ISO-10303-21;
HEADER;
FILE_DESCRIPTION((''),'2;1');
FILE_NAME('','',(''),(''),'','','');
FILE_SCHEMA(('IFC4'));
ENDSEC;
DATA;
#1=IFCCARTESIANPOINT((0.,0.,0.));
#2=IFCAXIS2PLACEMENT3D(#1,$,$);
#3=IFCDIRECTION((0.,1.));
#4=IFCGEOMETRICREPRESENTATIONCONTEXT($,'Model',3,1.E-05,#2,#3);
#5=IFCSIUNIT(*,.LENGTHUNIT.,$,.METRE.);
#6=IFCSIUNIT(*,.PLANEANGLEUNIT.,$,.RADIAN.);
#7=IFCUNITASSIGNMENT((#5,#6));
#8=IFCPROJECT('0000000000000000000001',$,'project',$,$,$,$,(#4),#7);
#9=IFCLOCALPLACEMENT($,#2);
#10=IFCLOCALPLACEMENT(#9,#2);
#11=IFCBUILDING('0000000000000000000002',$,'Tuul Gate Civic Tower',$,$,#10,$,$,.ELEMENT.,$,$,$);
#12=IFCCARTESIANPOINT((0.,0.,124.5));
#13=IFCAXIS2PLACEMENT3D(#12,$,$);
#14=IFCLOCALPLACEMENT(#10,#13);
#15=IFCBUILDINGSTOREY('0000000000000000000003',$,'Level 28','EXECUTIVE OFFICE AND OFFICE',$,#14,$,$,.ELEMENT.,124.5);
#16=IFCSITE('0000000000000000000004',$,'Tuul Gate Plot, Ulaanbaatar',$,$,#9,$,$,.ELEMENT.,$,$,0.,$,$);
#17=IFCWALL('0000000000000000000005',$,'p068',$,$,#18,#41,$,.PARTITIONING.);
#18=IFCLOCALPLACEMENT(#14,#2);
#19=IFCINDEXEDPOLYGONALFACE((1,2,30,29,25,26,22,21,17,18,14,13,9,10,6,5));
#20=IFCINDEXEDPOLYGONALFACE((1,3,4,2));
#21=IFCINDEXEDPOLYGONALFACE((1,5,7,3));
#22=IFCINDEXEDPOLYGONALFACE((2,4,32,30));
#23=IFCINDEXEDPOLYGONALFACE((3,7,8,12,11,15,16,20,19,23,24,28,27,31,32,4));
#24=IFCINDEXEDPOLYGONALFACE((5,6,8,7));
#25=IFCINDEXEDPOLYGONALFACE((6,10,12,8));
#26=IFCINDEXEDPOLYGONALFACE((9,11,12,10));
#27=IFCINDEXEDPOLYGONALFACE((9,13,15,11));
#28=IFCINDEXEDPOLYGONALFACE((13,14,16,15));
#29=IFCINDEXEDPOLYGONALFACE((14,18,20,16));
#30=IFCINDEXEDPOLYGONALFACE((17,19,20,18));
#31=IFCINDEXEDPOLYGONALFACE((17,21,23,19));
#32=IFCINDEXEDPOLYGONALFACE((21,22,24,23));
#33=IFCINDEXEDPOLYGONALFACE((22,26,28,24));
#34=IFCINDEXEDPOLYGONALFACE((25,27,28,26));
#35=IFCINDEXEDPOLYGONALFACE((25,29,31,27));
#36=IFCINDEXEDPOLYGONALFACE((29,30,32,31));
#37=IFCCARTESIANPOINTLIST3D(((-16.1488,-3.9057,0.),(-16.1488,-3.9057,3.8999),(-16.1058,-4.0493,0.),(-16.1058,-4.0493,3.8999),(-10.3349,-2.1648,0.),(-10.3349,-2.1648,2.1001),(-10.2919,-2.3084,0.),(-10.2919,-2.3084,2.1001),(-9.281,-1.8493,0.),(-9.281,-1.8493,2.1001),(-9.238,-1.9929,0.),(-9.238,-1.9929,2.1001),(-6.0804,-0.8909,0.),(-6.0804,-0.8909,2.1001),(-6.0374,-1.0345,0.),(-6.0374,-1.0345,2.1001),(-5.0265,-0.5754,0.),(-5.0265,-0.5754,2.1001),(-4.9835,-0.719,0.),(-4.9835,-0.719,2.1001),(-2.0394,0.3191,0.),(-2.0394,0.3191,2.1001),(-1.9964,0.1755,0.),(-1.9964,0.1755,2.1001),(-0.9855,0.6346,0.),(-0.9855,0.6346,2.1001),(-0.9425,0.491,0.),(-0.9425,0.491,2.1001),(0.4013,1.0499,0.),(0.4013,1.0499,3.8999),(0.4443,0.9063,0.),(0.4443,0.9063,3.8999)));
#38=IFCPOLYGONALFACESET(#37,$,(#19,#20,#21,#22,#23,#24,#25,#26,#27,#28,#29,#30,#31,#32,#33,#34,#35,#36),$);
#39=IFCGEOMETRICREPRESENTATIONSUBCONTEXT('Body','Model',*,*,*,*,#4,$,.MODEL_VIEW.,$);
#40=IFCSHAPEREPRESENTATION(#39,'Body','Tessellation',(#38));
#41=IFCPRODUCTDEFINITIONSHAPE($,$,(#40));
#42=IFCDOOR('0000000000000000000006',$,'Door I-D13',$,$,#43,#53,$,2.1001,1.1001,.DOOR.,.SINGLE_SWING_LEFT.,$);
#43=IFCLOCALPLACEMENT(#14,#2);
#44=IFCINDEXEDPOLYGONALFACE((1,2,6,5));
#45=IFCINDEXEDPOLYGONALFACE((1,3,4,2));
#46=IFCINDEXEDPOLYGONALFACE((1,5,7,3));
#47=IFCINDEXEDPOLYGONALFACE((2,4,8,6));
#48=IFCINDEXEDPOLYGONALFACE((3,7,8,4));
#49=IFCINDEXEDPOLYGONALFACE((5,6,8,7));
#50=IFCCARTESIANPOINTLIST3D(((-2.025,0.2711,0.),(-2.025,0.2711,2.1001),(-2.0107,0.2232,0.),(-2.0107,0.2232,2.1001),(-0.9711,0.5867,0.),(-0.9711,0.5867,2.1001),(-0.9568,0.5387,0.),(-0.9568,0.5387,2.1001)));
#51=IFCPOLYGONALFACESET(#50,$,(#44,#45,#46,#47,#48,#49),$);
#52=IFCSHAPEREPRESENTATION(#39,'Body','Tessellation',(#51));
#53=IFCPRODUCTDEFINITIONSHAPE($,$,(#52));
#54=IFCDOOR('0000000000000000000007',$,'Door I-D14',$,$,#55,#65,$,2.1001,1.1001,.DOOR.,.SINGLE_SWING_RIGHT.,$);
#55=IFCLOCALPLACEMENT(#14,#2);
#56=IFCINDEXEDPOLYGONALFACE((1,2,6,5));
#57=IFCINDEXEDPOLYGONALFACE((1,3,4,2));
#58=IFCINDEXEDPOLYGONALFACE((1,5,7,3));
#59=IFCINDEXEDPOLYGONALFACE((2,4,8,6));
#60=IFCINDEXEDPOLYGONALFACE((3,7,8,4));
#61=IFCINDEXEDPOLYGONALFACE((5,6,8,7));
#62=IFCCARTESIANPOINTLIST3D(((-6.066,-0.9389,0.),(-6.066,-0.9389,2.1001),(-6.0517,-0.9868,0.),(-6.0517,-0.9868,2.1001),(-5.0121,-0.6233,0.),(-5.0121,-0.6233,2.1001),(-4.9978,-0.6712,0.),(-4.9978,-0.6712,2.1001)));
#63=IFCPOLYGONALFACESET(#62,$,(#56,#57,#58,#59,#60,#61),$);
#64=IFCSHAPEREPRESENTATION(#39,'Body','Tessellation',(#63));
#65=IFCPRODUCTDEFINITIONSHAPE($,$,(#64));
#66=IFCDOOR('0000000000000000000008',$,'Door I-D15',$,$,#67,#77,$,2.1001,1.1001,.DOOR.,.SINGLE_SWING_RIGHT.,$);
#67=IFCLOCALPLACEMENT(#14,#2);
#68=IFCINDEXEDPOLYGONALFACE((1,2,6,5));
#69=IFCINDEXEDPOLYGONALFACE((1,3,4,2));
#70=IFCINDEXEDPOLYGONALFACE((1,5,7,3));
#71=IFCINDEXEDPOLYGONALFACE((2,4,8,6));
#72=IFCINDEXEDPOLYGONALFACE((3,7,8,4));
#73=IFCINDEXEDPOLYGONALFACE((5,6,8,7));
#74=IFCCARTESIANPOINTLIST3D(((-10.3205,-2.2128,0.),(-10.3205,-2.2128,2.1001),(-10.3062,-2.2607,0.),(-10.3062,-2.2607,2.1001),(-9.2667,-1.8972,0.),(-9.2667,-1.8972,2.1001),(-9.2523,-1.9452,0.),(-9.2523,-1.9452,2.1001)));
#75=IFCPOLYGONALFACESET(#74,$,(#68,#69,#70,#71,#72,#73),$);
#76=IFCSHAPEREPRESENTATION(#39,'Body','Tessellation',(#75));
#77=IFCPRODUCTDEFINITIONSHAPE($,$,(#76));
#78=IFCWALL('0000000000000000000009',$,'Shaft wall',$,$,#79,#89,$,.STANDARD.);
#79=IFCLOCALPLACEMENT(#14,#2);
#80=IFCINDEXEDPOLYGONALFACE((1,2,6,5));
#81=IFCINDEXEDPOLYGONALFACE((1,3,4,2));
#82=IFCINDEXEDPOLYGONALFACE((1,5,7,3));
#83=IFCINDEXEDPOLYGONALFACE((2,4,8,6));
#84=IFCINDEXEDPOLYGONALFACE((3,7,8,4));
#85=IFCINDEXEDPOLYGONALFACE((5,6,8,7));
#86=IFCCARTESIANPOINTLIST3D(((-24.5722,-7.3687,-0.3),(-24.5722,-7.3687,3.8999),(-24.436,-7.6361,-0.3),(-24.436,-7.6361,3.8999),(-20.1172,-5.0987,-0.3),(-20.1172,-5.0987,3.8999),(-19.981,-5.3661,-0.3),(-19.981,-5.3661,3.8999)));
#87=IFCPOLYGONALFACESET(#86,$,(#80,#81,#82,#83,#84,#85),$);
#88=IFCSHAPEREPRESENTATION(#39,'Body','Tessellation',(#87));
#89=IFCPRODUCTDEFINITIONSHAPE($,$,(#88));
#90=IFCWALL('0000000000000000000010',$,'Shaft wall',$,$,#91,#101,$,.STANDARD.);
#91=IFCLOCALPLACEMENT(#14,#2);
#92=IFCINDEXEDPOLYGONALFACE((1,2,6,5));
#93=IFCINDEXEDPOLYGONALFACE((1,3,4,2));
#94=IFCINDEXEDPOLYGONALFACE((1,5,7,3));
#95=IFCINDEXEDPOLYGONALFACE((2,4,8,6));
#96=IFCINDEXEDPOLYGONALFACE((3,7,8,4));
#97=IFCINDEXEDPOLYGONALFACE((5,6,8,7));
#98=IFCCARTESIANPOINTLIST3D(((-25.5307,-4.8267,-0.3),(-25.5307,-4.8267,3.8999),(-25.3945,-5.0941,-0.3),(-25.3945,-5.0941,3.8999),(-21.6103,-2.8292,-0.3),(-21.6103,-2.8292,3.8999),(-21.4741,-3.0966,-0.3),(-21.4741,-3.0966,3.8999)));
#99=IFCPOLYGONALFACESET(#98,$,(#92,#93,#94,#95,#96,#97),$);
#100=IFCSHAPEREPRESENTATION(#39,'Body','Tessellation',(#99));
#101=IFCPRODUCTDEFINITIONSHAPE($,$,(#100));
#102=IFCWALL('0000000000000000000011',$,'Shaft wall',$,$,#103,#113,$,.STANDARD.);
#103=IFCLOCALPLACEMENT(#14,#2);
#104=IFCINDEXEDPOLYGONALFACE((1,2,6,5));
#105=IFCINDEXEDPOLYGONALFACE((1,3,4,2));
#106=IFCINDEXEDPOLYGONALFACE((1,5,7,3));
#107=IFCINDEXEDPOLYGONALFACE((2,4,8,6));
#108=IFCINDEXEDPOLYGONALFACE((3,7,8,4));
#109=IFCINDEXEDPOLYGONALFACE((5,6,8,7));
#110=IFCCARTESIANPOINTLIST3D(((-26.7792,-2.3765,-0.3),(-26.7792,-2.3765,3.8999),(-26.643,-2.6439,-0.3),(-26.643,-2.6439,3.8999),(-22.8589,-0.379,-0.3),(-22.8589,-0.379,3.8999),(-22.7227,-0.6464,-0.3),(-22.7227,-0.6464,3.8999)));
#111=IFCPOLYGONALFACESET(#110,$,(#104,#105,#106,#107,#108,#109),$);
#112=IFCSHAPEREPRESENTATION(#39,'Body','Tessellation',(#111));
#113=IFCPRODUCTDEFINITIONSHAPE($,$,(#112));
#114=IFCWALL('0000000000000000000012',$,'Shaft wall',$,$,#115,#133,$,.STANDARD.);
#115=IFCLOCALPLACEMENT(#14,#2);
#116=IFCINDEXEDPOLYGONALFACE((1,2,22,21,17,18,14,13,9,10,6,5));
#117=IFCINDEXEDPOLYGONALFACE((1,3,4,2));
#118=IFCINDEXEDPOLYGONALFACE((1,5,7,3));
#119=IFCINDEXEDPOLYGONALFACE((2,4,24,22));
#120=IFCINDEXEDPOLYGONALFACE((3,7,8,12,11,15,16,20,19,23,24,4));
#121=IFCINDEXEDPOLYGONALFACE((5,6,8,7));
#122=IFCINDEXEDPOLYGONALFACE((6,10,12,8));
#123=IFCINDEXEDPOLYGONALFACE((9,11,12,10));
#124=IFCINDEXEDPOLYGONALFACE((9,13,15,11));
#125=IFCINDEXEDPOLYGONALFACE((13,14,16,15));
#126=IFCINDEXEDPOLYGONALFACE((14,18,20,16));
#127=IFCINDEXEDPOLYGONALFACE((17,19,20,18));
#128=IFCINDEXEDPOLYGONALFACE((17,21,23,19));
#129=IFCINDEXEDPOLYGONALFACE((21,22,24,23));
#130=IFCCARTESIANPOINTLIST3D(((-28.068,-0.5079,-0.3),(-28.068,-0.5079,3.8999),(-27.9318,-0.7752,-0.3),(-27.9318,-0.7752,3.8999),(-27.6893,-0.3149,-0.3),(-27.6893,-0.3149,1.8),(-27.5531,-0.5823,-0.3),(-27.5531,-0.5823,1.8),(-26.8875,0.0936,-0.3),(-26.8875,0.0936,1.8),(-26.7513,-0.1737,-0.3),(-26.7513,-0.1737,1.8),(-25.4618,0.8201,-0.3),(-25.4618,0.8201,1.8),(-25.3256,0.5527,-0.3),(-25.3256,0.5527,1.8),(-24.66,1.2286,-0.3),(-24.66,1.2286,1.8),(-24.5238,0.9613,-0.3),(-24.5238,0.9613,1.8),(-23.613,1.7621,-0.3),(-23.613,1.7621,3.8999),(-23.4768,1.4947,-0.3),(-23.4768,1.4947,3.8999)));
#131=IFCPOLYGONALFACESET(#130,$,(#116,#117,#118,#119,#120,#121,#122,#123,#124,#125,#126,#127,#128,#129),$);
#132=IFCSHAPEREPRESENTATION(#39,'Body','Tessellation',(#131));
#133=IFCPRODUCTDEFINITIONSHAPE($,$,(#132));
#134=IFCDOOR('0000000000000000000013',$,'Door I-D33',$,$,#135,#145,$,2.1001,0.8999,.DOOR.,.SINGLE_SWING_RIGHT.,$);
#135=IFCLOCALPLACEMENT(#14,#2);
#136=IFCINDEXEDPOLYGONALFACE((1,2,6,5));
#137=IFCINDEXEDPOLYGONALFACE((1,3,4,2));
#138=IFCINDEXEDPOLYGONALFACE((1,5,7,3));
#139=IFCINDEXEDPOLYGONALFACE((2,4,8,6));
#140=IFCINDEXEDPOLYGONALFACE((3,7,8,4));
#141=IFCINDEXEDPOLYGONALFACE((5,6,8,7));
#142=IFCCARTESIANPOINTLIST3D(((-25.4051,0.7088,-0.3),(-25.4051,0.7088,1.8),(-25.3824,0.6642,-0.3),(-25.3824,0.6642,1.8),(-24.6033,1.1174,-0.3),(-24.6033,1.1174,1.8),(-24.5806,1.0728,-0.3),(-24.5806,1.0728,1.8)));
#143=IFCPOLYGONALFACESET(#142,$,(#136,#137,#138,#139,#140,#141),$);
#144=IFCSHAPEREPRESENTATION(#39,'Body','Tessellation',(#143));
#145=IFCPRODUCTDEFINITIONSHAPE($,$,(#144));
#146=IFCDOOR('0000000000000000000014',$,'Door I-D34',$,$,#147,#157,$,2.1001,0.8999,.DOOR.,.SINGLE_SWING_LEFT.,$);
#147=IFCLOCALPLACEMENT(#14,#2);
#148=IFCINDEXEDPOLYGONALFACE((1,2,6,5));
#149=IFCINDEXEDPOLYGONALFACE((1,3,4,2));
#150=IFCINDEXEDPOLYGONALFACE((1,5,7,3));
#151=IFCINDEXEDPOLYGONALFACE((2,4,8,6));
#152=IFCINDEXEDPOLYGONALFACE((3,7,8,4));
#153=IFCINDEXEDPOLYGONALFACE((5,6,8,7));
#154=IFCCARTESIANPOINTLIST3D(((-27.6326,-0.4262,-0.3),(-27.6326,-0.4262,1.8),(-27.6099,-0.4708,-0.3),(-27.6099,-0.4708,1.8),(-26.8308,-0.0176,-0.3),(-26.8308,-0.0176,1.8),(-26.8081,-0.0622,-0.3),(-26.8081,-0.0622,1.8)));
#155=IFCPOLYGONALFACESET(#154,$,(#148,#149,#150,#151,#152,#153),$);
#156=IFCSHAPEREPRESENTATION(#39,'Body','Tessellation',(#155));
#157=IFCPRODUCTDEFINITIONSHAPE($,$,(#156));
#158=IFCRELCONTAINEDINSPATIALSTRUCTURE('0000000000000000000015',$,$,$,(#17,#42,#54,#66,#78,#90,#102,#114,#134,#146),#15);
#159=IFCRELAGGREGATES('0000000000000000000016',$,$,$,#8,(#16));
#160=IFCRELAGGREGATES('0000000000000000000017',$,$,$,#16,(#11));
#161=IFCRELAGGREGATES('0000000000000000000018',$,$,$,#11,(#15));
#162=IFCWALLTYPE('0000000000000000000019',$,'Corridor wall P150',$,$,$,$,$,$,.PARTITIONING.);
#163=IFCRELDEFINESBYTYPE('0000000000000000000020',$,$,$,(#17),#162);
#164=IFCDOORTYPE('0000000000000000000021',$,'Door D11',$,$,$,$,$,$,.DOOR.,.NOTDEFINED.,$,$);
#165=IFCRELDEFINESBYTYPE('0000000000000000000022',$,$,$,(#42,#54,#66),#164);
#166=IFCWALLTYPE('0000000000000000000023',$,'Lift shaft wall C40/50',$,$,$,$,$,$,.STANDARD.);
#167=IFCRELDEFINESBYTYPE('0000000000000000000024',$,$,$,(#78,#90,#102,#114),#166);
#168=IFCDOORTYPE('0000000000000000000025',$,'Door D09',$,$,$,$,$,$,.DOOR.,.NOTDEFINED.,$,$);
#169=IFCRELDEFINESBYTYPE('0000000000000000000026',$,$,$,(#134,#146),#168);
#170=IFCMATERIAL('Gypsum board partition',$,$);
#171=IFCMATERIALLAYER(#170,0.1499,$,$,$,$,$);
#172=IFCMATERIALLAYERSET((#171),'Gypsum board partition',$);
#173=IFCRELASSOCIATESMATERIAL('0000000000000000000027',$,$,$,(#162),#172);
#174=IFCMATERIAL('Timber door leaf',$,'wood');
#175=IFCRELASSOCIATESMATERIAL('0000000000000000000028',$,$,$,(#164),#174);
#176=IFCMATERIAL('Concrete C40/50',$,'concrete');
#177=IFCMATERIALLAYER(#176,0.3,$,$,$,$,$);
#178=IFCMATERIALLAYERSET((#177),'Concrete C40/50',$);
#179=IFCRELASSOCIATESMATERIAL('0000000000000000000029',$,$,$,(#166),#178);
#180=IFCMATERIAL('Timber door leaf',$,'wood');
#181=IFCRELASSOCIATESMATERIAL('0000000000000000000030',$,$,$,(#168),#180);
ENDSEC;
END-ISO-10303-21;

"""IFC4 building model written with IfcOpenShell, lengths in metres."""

from ifc_helpers import new_model, si_unit, direction, frame, frame_2d, origin, place, context, subcontext, project, spatial, rectangle, extrude, material, layer, layer_set, type_object, element, fill, save


model = new_model("IFC4")

# Units and contexts
model_context = context("Model", 3, precision=1e-05, world=origin(), true_north=direction((0.0, 1.0)))
body_context = subcontext(model_context, "Body", "Model", "MODEL_VIEW")
ifc_project = project(units=[si_unit("LENGTHUNIT", "METRE"), si_unit("PLANEANGLEUNIT", "RADIAN")], contexts=[model_context])

# Site, building, storey
site_placement = place(None, origin())
site = spatial("IfcSite", under=ifc_project, at=site_placement, Name="Tuul Gate Plot, Ulaanbaatar", CompositionType="ELEMENT", RefElevation=0.0)
building_placement = place(site_placement, origin())
building = spatial("IfcBuilding", under=site, at=building_placement, Name="Tuul Gate Civic Tower", CompositionType="ELEMENT")
storey_placement = place(building_placement, frame((0.0, 0.0, 124.5)))
storey = spatial("IfcBuildingStorey", under=building, at=storey_placement, Name="Level 28", Description="EXECUTIVE OFFICE AND OFFICE", CompositionType="ELEMENT", Elevation=124.5)

# Wall, openings, doors
ifc_material_1 = material(Name="Gypsum board partition")
ifc_layer_1 = layer(ifc_material_1, 0.1499)
ifc_layer_set_1 = layer_set([ifc_layer_1], Name="Gypsum board partition")
wall_type_1 = type_object("IfcWallType", Name="Corridor wall P150", PredefinedType="PARTITIONING", material=ifc_layer_set_1)
wall_1_placement = place(storey_placement, frame((-16.1274, -3.9775, 0.0), z_axis=(0.0, 0.0, 1.0), x_axis=(0.957977, 0.286846, 0.0)))
wall_1 = element("IfcWall", 1, at=wall_1_placement, inside=storey, type_object=wall_type_1, Name="p068", PredefinedType="PARTITIONING", context=body_context, shape_type="SweptSolid", body=[
    extrude(rectangle(XDim=17.2761, YDim=0.1499, at=frame_2d((8.6382, 0.0))), origin(), (0.0, 0.0, 1.0), 3.8999),
])
opening_1_placement = place(wall_1_placement, frame((14.7285, 0.0, 0.0)))
opening_1 = element("IfcOpeningElement", 2, at=opening_1_placement, cuts=wall_1, PredefinedType="OPENING", context=body_context, shape_type="SweptSolid", body=[
    extrude(rectangle(XDim=1.1001, YDim=2.1001, at=frame_2d((0.55, 1.05))), frame((0.0, 0.085, 0.0), z_axis=(0.0, -1.0, 0.0), x_axis=(1.0, 0.0, 0.0)), (0.0, 0.0, 1.0), 0.1699),
])
opening_2_placement = place(wall_1_placement, frame((10.5103, 0.0, 0.0)))
opening_2 = element("IfcOpeningElement", 3, at=opening_2_placement, cuts=wall_1, PredefinedType="OPENING", context=body_context, shape_type="SweptSolid", body=[
    extrude(rectangle(XDim=1.1001, YDim=2.1001, at=frame_2d((0.55, 1.05))), frame((0.0, 0.085, 0.0), z_axis=(0.0, -1.0, 0.0), x_axis=(1.0, 0.0, 0.0)), (0.0, 0.0, 1.0), 0.1699),
])
opening_3_placement = place(wall_1_placement, frame((6.0691, 0.0, 0.0)))
opening_3 = element("IfcOpeningElement", 4, at=opening_3_placement, cuts=wall_1, PredefinedType="OPENING", context=body_context, shape_type="SweptSolid", body=[
    extrude(rectangle(XDim=1.1001, YDim=2.1001, at=frame_2d((0.55, 1.05))), frame((0.0, 0.085, 0.0), z_axis=(0.0, -1.0, 0.0), x_axis=(1.0, 0.0, 0.0)), (0.0, 0.0, 1.0), 0.1699),
])
ifc_material_2 = material(Name="Timber door leaf", Category="wood")
door_type_1 = type_object("IfcDoorType", Name="Door D11", OperationType="NOTDEFINED", PredefinedType="DOOR", material=ifc_material_2)
door_1_placement = place(opening_1_placement, origin())
door_1 = element("IfcDoor", 5, at=door_1_placement, inside=storey, type_object=door_type_1, Name="Door I-D13", OperationType="SINGLE_SWING_LEFT", OverallHeight=2.1001, OverallWidth=1.1001, PredefinedType="DOOR", context=body_context, shape_type="SweptSolid", body=[
    extrude(rectangle(XDim=1.1001, YDim=2.1001, at=frame_2d((0.55, 1.05))), frame((0.0, 0.0249, 0.0), z_axis=(0.0, -1.0, 0.0), x_axis=(1.0, 0.0, 0.0)), (0.0, 0.0, 1.0), 0.05),
])
fill(opening_1, door_1)
door_2_placement = place(opening_2_placement, origin())
door_2 = element("IfcDoor", 6, at=door_2_placement, inside=storey, type_object=door_type_1, Name="Door I-D14", OperationType="SINGLE_SWING_RIGHT", OverallHeight=2.1001, OverallWidth=1.1001, PredefinedType="DOOR", context=body_context, shape_type="SweptSolid", body=[
    extrude(rectangle(XDim=1.1001, YDim=2.1001, at=frame_2d((0.55, 1.05))), frame((0.0, 0.0249, 0.0), z_axis=(0.0, -1.0, 0.0), x_axis=(1.0, 0.0, 0.0)), (0.0, 0.0, 1.0), 0.05),
])
fill(opening_2, door_2)
door_3_placement = place(opening_3_placement, origin())
door_3 = element("IfcDoor", 7, at=door_3_placement, inside=storey, type_object=door_type_1, Name="Door I-D15", OperationType="SINGLE_SWING_RIGHT", OverallHeight=2.1001, OverallWidth=1.1001, PredefinedType="DOOR", context=body_context, shape_type="SweptSolid", body=[
    extrude(rectangle(XDim=1.1001, YDim=2.1001, at=frame_2d((0.55, 1.05))), frame((0.0, 0.0249, 0.0), z_axis=(0.0, -1.0, 0.0), x_axis=(1.0, 0.0, 0.0)), (0.0, 0.0, 1.0), 0.05),
])
fill(opening_3, door_3)

# Walls
ifc_material_3 = material(Name="Concrete C40/50", Category="concrete")
ifc_layer_2 = layer(ifc_material_3, 0.3)
ifc_layer_set_2 = layer_set([ifc_layer_2], Name="Concrete C40/50")
wall_type_2 = type_object("IfcWallType", Name="Lift shaft wall C40/50", PredefinedType="STANDARD", material=ifc_layer_set_2)
wall_2_placement = place(storey_placement, frame((-20.0491, -5.2324, -0.3), z_axis=(0.0, 0.0, 1.0), x_axis=(-0.891003, -0.453997, 0.0)))
element("IfcWall", 8, at=wall_2_placement, inside=storey, type_object=wall_type_2, Name="Shaft wall", PredefinedType="STANDARD", context=body_context, shape_type="SweptSolid", body=[
    extrude(rectangle(XDim=5.0, YDim=0.3, at=frame_2d((2.5, 0.0))), origin(), (0.0, 0.0, 1.0), 4.2),
])
for number, where, z_axis, x_axis, name in (
    (9, (-21.5422, -2.9629, -0.3), (0.0, 0.0, 1.0), (-0.891006, -0.453992, 0.0), "Shaft wall"),
    (10, (-22.7908, -0.5127, -0.3), (0.0, 0.0, 1.0), (-0.891006, -0.453992, 0.0), "Shaft wall"),
):
    element("IfcWall", number, at=place(storey_placement, frame(where, z_axis=z_axis, x_axis=x_axis)), inside=storey, type_object=wall_type_2, Name=name, PredefinedType="STANDARD", context=body_context, shape_type="SweptSolid", body=[
        extrude(rectangle(XDim=4.3999, YDim=0.3, at=frame_2d((2.2, 0.0))), origin(), (0.0, 0.0, 1.0), 4.2),
    ])

# Wall, openings, doors
wall_3_placement = place(storey_placement, frame((-23.5449, 1.6284, -0.3), z_axis=(0.0, 0.0, 1.0), x_axis=(-0.891003, -0.453997, 0.0)))
wall_3 = element("IfcWall", 11, at=wall_3_placement, inside=storey, type_object=wall_type_2, Name="Shaft wall", PredefinedType="STANDARD", context=body_context, shape_type="SweptSolid", body=[
    extrude(rectangle(XDim=5.0, YDim=0.3, at=frame_2d((2.5, 0.0))), origin(), (0.0, 0.0, 1.0), 4.2),
])
opening_4_placement = place(wall_3_placement, frame((1.175, 0.0, 0.0)))
opening_4 = element("IfcOpeningElement", 12, at=opening_4_placement, cuts=wall_3, PredefinedType="OPENING", context=body_context, shape_type="SweptSolid", body=[
    extrude(rectangle(XDim=0.8999, YDim=2.1001, at=frame_2d((0.45, 1.05))), frame((0.0, 0.1602, 0.0), z_axis=(0.0, -1.0, 0.0), x_axis=(1.0, 0.0, 0.0)), (0.0, 0.0, 1.0), 0.3201),
])
opening_5_placement = place(wall_3_placement, frame((3.675, 0.0, 0.0)))
opening_5 = element("IfcOpeningElement", 13, at=opening_5_placement, cuts=wall_3, PredefinedType="OPENING", context=body_context, shape_type="SweptSolid", body=[
    extrude(rectangle(XDim=0.8999, YDim=2.1001, at=frame_2d((0.45, 1.05))), frame((0.0, 0.1602, 0.0), z_axis=(0.0, -1.0, 0.0), x_axis=(1.0, 0.0, 0.0)), (0.0, 0.0, 1.0), 0.3201),
])
ifc_material_4 = material(Name="Timber door leaf", Category="wood")
door_type_2 = type_object("IfcDoorType", Name="Door D09", OperationType="NOTDEFINED", PredefinedType="DOOR", material=ifc_material_4)
door_4_placement = place(opening_4_placement, origin())
door_4 = element("IfcDoor", 14, at=door_4_placement, inside=storey, type_object=door_type_2, Name="Door I-D33", OperationType="SINGLE_SWING_RIGHT", OverallHeight=2.1001, OverallWidth=0.8999, PredefinedType="DOOR", context=body_context, shape_type="SweptSolid", body=[
    extrude(rectangle(XDim=0.8999, YDim=2.1001, at=frame_2d((0.45, 1.05))), frame((0.0, 0.0249, 0.0), z_axis=(0.0, -1.0, 0.0), x_axis=(1.0, 0.0, 0.0)), (0.0, 0.0, 1.0), 0.05),
])
fill(opening_4, door_4)
door_5_placement = place(opening_5_placement, origin())
door_5 = element("IfcDoor", 15, at=door_5_placement, inside=storey, type_object=door_type_2, Name="Door I-D34", OperationType="SINGLE_SWING_LEFT", OverallHeight=2.1001, OverallWidth=0.8999, PredefinedType="DOOR", context=body_context, shape_type="SweptSolid", body=[
    extrude(rectangle(XDim=0.8999, YDim=2.1001, at=frame_2d((0.45, 1.05))), frame((0.0, 0.0249, 0.0), z_axis=(0.0, -1.0, 0.0), x_axis=(1.0, 0.0, 0.0)), (0.0, 0.0, 1.0), 0.05),
])
fill(opening_5, door_5)

save(model, "model.ifc")
